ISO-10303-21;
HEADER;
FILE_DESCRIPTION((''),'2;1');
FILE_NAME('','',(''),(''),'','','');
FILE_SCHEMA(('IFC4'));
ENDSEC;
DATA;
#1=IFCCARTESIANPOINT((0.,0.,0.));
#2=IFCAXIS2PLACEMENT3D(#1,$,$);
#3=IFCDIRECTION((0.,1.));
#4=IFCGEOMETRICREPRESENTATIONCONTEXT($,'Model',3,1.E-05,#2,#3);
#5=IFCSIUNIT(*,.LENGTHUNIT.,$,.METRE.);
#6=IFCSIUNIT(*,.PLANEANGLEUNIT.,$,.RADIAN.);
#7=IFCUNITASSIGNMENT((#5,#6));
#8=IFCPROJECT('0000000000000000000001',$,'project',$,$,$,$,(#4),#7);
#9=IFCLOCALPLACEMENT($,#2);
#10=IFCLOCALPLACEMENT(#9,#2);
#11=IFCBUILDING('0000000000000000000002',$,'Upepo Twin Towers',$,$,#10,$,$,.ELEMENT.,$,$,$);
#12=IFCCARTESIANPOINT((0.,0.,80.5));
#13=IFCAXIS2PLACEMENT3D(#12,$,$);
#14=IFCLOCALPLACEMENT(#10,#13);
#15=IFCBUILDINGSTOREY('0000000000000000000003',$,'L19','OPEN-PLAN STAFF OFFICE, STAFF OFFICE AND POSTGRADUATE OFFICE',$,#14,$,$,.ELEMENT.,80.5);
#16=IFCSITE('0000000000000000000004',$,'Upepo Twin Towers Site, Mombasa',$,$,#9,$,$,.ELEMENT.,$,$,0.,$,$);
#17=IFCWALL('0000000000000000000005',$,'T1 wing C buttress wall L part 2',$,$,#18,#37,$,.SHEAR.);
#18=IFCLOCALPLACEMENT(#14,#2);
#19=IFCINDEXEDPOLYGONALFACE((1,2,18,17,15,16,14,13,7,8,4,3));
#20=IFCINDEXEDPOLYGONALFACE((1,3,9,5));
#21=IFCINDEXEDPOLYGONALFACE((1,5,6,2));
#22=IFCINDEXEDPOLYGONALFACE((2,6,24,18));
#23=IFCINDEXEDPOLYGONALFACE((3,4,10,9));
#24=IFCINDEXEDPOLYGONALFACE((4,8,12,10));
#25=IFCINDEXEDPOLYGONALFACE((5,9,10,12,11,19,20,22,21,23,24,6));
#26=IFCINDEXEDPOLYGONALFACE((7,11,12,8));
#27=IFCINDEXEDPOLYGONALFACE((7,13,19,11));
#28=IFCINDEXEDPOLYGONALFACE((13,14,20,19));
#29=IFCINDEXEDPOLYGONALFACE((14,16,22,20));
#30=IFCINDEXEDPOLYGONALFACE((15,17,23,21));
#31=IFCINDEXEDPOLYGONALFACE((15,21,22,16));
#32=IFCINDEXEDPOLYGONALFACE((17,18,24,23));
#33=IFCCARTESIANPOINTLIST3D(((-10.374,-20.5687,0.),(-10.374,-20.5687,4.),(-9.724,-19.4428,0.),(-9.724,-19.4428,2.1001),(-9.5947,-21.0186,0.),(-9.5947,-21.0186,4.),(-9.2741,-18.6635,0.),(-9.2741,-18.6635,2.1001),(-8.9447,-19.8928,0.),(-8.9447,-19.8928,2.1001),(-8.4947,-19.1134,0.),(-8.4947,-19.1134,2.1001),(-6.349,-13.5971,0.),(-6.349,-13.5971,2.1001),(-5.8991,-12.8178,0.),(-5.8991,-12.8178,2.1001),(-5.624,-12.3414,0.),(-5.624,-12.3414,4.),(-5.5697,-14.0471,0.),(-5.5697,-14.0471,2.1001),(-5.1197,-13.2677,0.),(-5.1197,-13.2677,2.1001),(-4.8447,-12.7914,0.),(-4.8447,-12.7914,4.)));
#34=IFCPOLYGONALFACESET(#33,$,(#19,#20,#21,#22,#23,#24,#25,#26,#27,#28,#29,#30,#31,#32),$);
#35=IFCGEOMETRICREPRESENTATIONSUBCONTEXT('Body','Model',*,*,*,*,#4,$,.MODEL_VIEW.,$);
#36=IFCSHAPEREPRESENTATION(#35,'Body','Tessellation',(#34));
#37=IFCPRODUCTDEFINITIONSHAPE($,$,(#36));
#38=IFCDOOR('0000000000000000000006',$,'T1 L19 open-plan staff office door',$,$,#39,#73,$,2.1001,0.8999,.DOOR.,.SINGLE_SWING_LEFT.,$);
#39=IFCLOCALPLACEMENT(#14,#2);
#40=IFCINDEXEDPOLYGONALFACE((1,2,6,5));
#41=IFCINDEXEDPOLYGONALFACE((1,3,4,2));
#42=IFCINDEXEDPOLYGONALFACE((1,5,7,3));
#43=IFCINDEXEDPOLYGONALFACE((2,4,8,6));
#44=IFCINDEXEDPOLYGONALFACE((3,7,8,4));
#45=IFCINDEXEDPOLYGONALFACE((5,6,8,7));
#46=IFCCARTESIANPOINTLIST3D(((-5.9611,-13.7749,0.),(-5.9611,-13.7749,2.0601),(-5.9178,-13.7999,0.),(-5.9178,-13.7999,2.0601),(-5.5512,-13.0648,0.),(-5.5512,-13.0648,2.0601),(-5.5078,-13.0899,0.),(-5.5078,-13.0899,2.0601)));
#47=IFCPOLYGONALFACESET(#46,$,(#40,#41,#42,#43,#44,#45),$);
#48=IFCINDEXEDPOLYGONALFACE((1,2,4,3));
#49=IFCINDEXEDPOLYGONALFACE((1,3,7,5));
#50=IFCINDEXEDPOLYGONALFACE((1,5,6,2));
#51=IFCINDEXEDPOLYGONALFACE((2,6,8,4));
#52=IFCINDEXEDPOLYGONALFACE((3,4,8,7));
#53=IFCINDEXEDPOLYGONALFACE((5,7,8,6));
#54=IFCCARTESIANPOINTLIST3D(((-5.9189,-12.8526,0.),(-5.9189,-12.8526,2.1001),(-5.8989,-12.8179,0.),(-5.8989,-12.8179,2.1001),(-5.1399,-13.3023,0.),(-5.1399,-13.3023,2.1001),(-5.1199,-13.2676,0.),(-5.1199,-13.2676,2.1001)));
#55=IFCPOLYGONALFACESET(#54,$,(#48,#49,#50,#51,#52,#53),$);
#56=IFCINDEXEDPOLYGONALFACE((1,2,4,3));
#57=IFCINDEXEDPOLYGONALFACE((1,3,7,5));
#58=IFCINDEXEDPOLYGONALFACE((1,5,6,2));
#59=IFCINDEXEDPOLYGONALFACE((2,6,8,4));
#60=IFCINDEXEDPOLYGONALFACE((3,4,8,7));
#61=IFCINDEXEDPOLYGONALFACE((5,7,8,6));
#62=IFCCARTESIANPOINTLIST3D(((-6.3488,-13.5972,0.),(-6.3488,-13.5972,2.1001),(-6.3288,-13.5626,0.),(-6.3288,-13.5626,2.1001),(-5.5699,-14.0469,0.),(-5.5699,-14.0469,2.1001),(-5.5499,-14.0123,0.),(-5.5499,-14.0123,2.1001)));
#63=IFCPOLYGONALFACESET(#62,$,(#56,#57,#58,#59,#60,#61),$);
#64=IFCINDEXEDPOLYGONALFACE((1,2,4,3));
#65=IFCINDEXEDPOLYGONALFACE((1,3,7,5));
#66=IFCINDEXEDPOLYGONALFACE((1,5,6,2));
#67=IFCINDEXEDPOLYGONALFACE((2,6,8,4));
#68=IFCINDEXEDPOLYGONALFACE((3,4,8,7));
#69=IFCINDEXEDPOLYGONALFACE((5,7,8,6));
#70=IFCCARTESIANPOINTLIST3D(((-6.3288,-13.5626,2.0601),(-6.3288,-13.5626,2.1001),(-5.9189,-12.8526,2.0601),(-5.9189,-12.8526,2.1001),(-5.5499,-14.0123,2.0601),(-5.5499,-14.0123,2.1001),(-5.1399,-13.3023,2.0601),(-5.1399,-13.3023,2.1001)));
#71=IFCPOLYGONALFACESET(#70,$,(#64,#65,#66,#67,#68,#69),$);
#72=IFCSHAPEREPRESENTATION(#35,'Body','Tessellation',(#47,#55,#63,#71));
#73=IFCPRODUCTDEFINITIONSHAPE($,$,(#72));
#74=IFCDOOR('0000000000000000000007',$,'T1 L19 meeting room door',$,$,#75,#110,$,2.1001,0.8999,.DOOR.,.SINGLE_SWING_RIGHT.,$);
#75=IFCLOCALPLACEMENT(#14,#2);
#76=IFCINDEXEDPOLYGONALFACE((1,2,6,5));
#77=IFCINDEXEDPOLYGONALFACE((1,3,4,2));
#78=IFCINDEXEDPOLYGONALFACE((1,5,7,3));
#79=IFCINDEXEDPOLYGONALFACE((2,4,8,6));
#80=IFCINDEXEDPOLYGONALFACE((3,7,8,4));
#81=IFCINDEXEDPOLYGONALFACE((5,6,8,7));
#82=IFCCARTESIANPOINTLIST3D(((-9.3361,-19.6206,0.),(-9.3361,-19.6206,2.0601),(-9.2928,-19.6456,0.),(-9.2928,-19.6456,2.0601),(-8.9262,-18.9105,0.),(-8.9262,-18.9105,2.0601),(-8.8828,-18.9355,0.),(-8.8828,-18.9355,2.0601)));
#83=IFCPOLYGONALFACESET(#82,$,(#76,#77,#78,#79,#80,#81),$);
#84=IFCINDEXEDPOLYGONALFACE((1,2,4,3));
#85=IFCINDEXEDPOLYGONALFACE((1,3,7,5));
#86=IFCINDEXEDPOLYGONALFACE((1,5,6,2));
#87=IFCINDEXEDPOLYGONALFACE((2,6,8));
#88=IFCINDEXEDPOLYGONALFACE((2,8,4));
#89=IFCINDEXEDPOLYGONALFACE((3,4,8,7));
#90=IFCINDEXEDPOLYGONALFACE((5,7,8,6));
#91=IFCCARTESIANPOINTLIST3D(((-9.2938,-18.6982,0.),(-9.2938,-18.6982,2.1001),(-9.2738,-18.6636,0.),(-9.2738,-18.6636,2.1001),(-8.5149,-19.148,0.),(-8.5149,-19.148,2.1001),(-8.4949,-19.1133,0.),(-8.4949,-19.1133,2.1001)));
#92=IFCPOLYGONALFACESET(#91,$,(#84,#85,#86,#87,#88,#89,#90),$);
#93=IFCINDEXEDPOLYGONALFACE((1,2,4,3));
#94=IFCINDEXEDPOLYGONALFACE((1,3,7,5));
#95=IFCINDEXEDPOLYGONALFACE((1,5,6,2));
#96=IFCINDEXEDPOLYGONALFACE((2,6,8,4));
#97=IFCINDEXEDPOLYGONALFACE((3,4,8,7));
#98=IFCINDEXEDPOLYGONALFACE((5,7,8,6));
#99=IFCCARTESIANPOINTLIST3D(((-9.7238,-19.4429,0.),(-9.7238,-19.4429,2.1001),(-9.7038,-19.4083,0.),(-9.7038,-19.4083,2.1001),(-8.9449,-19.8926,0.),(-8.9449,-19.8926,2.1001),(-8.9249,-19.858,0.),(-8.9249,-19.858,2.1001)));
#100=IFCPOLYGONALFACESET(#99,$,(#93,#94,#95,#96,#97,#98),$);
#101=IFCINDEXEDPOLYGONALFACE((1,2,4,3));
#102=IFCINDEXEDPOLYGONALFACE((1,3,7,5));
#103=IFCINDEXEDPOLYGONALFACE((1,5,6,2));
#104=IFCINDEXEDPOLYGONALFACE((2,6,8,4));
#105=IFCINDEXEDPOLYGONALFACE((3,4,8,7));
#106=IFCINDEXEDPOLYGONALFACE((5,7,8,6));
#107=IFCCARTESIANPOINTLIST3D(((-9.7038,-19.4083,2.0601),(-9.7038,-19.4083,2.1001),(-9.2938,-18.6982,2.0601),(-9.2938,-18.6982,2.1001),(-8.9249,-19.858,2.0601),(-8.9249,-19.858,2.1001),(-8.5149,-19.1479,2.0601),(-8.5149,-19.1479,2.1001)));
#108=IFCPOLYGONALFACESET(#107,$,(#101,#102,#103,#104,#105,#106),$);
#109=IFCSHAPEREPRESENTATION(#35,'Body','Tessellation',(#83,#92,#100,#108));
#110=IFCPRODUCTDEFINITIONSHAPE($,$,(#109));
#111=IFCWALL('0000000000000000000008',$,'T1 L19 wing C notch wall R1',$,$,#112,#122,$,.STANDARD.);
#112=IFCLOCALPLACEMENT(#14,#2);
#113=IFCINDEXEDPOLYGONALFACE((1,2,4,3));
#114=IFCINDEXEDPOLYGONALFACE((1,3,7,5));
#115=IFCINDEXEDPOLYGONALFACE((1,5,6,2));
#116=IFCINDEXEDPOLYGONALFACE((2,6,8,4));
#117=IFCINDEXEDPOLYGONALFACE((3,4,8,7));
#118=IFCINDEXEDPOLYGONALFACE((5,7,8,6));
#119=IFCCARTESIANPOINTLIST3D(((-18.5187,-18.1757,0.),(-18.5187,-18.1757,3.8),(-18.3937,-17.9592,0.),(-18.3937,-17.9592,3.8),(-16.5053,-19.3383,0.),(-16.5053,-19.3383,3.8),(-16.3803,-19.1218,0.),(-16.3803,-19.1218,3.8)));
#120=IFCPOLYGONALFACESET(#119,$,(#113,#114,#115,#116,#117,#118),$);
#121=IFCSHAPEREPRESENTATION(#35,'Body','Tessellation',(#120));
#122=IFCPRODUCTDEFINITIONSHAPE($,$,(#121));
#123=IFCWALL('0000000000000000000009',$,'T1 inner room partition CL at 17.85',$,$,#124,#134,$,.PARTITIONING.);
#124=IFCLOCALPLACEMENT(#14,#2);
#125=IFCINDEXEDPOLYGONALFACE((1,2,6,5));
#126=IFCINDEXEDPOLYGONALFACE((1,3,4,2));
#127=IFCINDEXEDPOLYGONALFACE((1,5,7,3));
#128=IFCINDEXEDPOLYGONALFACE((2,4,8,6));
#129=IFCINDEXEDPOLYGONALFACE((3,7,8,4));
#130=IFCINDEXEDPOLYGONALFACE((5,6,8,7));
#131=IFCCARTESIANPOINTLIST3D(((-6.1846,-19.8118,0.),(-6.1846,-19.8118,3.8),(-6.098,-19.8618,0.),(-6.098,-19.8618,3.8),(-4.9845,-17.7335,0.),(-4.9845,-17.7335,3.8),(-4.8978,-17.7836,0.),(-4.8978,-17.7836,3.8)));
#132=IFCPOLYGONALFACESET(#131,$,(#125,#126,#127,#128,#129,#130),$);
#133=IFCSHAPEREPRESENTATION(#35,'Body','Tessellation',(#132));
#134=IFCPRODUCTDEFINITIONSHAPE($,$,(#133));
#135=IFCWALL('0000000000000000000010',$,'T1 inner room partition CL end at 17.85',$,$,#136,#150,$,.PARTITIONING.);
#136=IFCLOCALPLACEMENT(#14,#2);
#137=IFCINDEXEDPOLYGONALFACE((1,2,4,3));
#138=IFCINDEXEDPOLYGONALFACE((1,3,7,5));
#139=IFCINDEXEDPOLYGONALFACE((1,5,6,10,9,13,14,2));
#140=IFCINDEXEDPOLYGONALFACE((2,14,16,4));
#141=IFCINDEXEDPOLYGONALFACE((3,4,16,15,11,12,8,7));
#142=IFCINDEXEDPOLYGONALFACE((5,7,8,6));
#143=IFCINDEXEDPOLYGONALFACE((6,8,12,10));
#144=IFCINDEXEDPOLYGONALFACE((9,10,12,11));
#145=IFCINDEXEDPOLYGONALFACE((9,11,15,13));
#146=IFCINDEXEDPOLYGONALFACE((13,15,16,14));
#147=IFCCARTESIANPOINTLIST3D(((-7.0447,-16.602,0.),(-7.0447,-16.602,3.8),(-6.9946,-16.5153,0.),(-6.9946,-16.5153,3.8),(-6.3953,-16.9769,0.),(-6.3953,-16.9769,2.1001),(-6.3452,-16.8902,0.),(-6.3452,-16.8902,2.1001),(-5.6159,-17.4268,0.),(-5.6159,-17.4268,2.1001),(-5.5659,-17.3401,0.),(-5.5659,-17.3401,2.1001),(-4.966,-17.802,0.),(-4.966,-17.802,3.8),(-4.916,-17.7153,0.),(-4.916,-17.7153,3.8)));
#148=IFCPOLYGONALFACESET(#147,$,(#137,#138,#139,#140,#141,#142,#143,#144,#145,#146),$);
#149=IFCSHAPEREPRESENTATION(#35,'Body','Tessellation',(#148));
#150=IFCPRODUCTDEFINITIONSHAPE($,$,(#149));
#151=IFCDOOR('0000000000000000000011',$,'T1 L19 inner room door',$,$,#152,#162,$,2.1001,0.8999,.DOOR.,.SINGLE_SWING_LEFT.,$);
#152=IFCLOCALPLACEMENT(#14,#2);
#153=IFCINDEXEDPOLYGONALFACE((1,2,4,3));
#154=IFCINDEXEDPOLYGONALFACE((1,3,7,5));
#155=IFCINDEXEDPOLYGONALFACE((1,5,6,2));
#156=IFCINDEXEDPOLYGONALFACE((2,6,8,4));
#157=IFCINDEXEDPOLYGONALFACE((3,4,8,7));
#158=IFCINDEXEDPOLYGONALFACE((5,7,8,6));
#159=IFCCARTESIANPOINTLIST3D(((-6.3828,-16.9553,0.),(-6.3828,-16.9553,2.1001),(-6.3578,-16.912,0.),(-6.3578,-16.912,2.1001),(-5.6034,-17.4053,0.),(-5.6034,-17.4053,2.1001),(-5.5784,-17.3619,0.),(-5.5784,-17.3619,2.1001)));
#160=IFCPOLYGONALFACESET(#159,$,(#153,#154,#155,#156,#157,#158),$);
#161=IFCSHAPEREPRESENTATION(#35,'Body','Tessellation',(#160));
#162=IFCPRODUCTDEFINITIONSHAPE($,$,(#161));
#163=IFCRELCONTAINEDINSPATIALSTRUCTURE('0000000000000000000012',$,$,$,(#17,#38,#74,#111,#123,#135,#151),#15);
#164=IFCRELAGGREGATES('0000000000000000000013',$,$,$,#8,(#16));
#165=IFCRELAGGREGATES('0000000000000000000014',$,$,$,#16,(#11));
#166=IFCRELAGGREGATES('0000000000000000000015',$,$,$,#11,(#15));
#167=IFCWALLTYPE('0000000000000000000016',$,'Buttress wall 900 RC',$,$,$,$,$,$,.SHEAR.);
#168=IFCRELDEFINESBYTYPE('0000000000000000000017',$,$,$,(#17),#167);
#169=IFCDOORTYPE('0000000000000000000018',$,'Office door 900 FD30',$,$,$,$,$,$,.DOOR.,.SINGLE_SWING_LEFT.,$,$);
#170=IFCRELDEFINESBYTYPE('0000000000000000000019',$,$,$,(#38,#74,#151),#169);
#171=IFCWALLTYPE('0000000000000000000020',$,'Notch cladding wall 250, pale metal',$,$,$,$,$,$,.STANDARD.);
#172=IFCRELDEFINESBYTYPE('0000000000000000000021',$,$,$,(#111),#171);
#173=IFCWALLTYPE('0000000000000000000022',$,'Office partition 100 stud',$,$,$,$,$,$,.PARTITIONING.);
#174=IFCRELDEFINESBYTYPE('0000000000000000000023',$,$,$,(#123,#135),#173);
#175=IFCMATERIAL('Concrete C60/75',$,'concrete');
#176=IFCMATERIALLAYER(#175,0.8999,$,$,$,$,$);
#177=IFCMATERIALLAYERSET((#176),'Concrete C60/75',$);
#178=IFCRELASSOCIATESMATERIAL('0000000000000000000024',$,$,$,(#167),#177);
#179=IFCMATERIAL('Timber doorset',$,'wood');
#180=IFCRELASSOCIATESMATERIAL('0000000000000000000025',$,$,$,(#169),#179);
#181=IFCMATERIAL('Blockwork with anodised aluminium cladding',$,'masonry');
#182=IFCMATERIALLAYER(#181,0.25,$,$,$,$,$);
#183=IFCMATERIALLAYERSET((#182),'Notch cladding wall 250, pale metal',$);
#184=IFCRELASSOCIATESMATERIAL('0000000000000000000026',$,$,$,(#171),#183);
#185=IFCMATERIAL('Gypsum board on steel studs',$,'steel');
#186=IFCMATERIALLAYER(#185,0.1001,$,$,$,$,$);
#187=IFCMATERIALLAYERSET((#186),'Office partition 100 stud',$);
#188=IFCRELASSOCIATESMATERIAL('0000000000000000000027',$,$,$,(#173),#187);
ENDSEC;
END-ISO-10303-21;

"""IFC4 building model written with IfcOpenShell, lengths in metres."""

from ifc_helpers import new_model, si_unit, direction, frame, frame_2d, origin, place, context, subcontext, project, spatial, rectangle, extrude, material, layer, layer_set, type_object, element, fill, save


model = new_model("IFC4")

# Units and contexts
model_context = context("Model", 3, precision=1e-05, world=origin(), true_north=direction((0.0, 1.0)))
body_context = subcontext(model_context, "Body", "Model", "MODEL_VIEW")
ifc_project = project(units=[si_unit("LENGTHUNIT", "METRE"), si_unit("PLANEANGLEUNIT", "RADIAN")], contexts=[model_context])

# Site, building, storey
site_placement = place(None, origin())
site = spatial("IfcSite", under=ifc_project, at=site_placement, Name="Upepo Twin Towers Site, Mombasa", CompositionType="ELEMENT", RefElevation=0.0)
building_placement = place(site_placement, origin())
building = spatial("IfcBuilding", under=site, at=building_placement, Name="Upepo Twin Towers", CompositionType="ELEMENT")
storey_placement = place(building_placement, frame((0.0, 0.0, 80.5)))
storey = spatial("IfcBuildingStorey", under=building, at=storey_placement, Name="L19", Description="OPEN-PLAN STAFF OFFICE, STAFF OFFICE AND POSTGRADUATE OFFICE", CompositionType="ELEMENT", Elevation=80.5)

# Wall, openings, doors
ifc_material_1 = material(Name="Concrete C60/75", Category="concrete")
ifc_layer_1 = layer(ifc_material_1, 0.8999)
ifc_layer_set_1 = layer_set([ifc_layer_1], Name="Concrete C60/75")
wall_type_1 = type_object("IfcWallType", Name="Buttress wall 900 RC", PredefinedType="SHEAR", material=ifc_layer_set_1)
wall_1_placement = place(storey_placement, frame((-5.2344, -12.5664, 0.0), z_axis=(0.0, 0.0, 1.0), x_axis=(-0.499998, -0.866027, 0.0)))
wall_1 = element("IfcWall", 1, at=wall_1_placement, inside=storey, type_object=wall_type_1, Name="T1 wing C buttress wall L part 2", PredefinedType="SHEAR", context=body_context, shape_type="SweptSolid", body=[
    extrude(rectangle(XDim=9.5, YDim=0.8999, at=frame_2d((4.75, 0.0))), origin(), (0.0, 0.0, 1.0), 4.0),
])
opening_1_placement = place(wall_1_placement, frame((0.55, 0.0, 0.0)))
opening_1 = element("IfcOpeningElement", 2, at=opening_1_placement, cuts=wall_1, PredefinedType="OPENING", context=body_context, shape_type="SweptSolid", body=[
    extrude(rectangle(XDim=0.8999, YDim=2.1001, at=frame_2d((0.45, 1.05))), frame((0.0, 0.46, 0.0), z_axis=(0.0, -1.0, 0.0), x_axis=(1.0, 0.0, 0.0)), (0.0, 0.0, 1.0), 0.9199),
])
opening_2_placement = place(wall_1_placement, frame((7.3, 0.0, 0.0)))
opening_2 = element("IfcOpeningElement", 3, at=opening_2_placement, cuts=wall_1, PredefinedType="OPENING", context=body_context, shape_type="SweptSolid", body=[
    extrude(rectangle(XDim=0.8999, YDim=2.1001, at=frame_2d((0.45, 1.05))), frame((0.0, 0.46, 0.0), z_axis=(0.0, -1.0, 0.0), x_axis=(1.0, 0.0, 0.0)), (0.0, 0.0, 1.0), 0.9199),
])
ifc_material_2 = material(Name="Timber doorset", Category="wood")
door_type = type_object("IfcDoorType", Name="Office door 900 FD30", OperationType="SINGLE_SWING_LEFT", PredefinedType="DOOR", material=ifc_material_2)
door_1_placement = place(opening_1_placement, origin())
door_1 = element("IfcDoor", 4, at=door_1_placement, inside=storey, type_object=door_type, Name="T1 L19 open-plan staff office door", OperationType="SINGLE_SWING_LEFT", OverallHeight=2.1001, OverallWidth=0.8999, PredefinedType="DOOR", context=body_context, shape_type="SweptSolid", body=[
    extrude(rectangle(XDim=0.8199, YDim=2.0601, at=frame_2d((0.45, 1.03))), frame((0.0, 0.0249, 0.0), z_axis=(0.0, -1.0, 0.0), x_axis=(1.0, 0.0, 0.0)), (0.0, 0.0, 1.0), 0.05),
    extrude(rectangle(XDim=0.04, YDim=2.1001, at=frame_2d((0.02, 1.05))), frame((0.0, 0.4497, 0.0), z_axis=(0.0, -1.0, 0.0), x_axis=(1.0, 0.0, 0.0)), (0.0, 0.0, 1.0), 0.8994),
    extrude(rectangle(XDim=0.04, YDim=2.1001, at=frame_2d((0.8799, 1.05))), frame((0.0, 0.4497, 0.0), z_axis=(0.0, -1.0, 0.0), x_axis=(1.0, 0.0, 0.0)), (0.0, 0.0, 1.0), 0.8994),
    extrude(rectangle(XDim=0.8199, YDim=0.04, at=frame_2d((0.45, 2.0801))), frame((0.0, 0.4497, 0.0), z_axis=(0.0, -1.0, 0.0), x_axis=(1.0, 0.0, 0.0)), (0.0, 0.0, 1.0), 0.8994),
])
fill(opening_1, door_1)
door_2_placement = place(opening_2_placement, origin())
door_2 = element("IfcDoor", 5, at=door_2_placement, inside=storey, type_object=door_type, Name="T1 L19 meeting room door", OperationType="SINGLE_SWING_RIGHT", OverallHeight=2.1001, OverallWidth=0.8999, PredefinedType="DOOR", context=body_context, shape_type="SweptSolid", body=[
    extrude(rectangle(XDim=0.8199, YDim=2.0601, at=frame_2d((0.45, 1.03))), frame((0.0, 0.0249, 0.0), z_axis=(0.0, -1.0, 0.0), x_axis=(1.0, 0.0, 0.0)), (0.0, 0.0, 1.0), 0.05),
    extrude(rectangle(XDim=0.04, YDim=2.1001, at=frame_2d((0.02, 1.05))), frame((0.0, 0.4497, 0.0), z_axis=(0.0, -1.0, 0.0), x_axis=(1.0, 0.0, 0.0)), (0.0, 0.0, 1.0), 0.8994),
    extrude(rectangle(XDim=0.04, YDim=2.1001, at=frame_2d((0.8799, 1.05))), frame((0.0, 0.4497, 0.0), z_axis=(0.0, -1.0, 0.0), x_axis=(1.0, 0.0, 0.0)), (0.0, 0.0, 1.0), 0.8994),
    extrude(rectangle(XDim=0.8199, YDim=0.04, at=frame_2d((0.45, 2.0801))), frame((0.0, 0.4497, 0.0), z_axis=(0.0, -1.0, 0.0), x_axis=(1.0, 0.0, 0.0)), (0.0, 0.0, 1.0), 0.8994),
])
fill(opening_2, door_2)

# Walls
ifc_material_3 = material(Name="Blockwork with anodised aluminium cladding", Category="masonry")
ifc_layer_2 = layer(ifc_material_3, 0.25)
ifc_layer_set_2 = layer_set([ifc_layer_2], Name="Notch cladding wall 250, pale metal")
wall_type_2 = type_object("IfcWallType", Name="Notch cladding wall 250, pale metal", PredefinedType="STANDARD", material=ifc_layer_set_2)
wall_2_placement = place(storey_placement, frame((-18.4563, -18.0674, 0.0), z_axis=(0.0, 0.0, 1.0), x_axis=(0.865998, -0.500047, 0.0)))
element("IfcWall", 6, at=wall_2_placement, inside=storey, type_object=wall_type_2, Name="T1 L19 wing C notch wall R1", PredefinedType="STANDARD", context=body_context, shape_type="SweptSolid", body=[
    extrude(rectangle(XDim=2.325, YDim=0.25, at=frame_2d((1.1626, 0.0))), origin(), (0.0, 0.0, 1.0), 3.8),
])
ifc_material_4 = material(Name="Gypsum board on steel studs", Category="steel")
ifc_layer_3 = layer(ifc_material_4, 0.1001)
ifc_layer_set_3 = layer_set([ifc_layer_3], Name="Office partition 100 stud")
wall_type_3 = type_object("IfcWallType", Name="Office partition 100 stud", PredefinedType="PARTITIONING", material=ifc_layer_set_3)
wall_3_placement = place(storey_placement, frame((-4.9412, -17.7585, 0.0), z_axis=(0.0, 0.0, 1.0), x_axis=(-0.500078, -0.865981, 0.0)))
element("IfcWall", 7, at=wall_3_placement, inside=storey, type_object=wall_type_3, Name="T1 inner room partition CL at 17.85", PredefinedType="PARTITIONING", context=body_context, shape_type="SweptSolid", body=[
    extrude(rectangle(XDim=2.3999, YDim=0.1001, at=frame_2d((1.2, 0.0))), origin(), (0.0, 0.0, 1.0), 3.8),
])

# Wall, opening, door
wall_4_placement = place(storey_placement, frame((-7.0198, -16.5586, 0.0), z_axis=(0.0, 0.0, 1.0), x_axis=(0.86605, -0.499957, 0.0)))
wall_4 = element("IfcWall", 8, at=wall_4_placement, inside=storey, type_object=wall_type_3, Name="T1 inner room partition CL end at 17.85", PredefinedType="PARTITIONING", context=body_context, shape_type="SweptSolid", body=[
    extrude(rectangle(XDim=2.4001, YDim=0.1001, at=frame_2d((1.2002, 0.0))), origin(), (0.0, 0.0, 1.0), 3.8),
])
opening_3_placement = place(wall_4_placement, frame((0.75, 0.0, 0.0)))
opening_3 = element("IfcOpeningElement", 9, at=opening_3_placement, cuts=wall_4, PredefinedType="OPENING", context=body_context, shape_type="SweptSolid", body=[
    extrude(rectangle(XDim=0.8999, YDim=2.1001, at=frame_2d((0.45, 1.05))), frame((0.0, 0.0601, 0.0), z_axis=(0.0, -1.0, 0.0), x_axis=(1.0, 0.0, 0.0)), (0.0, 0.0, 1.0), 0.1201),
])
door_3_placement = place(opening_3_placement, origin())
door_3 = element("IfcDoor", 10, at=door_3_placement, inside=storey, type_object=door_type, Name="T1 L19 inner room door", OperationType="SINGLE_SWING_LEFT", OverallHeight=2.1001, OverallWidth=0.8999, PredefinedType="DOOR", context=body_context, shape_type="SweptSolid", body=[
    extrude(rectangle(XDim=0.8999, YDim=2.1001, at=frame_2d((0.45, 1.05))), frame((0.0, 0.0249, 0.0), z_axis=(0.0, -1.0, 0.0), x_axis=(1.0, 0.0, 0.0)), (0.0, 0.0, 1.0), 0.05),
])
fill(opening_3, door_3)

save(model, "model.ifc")
